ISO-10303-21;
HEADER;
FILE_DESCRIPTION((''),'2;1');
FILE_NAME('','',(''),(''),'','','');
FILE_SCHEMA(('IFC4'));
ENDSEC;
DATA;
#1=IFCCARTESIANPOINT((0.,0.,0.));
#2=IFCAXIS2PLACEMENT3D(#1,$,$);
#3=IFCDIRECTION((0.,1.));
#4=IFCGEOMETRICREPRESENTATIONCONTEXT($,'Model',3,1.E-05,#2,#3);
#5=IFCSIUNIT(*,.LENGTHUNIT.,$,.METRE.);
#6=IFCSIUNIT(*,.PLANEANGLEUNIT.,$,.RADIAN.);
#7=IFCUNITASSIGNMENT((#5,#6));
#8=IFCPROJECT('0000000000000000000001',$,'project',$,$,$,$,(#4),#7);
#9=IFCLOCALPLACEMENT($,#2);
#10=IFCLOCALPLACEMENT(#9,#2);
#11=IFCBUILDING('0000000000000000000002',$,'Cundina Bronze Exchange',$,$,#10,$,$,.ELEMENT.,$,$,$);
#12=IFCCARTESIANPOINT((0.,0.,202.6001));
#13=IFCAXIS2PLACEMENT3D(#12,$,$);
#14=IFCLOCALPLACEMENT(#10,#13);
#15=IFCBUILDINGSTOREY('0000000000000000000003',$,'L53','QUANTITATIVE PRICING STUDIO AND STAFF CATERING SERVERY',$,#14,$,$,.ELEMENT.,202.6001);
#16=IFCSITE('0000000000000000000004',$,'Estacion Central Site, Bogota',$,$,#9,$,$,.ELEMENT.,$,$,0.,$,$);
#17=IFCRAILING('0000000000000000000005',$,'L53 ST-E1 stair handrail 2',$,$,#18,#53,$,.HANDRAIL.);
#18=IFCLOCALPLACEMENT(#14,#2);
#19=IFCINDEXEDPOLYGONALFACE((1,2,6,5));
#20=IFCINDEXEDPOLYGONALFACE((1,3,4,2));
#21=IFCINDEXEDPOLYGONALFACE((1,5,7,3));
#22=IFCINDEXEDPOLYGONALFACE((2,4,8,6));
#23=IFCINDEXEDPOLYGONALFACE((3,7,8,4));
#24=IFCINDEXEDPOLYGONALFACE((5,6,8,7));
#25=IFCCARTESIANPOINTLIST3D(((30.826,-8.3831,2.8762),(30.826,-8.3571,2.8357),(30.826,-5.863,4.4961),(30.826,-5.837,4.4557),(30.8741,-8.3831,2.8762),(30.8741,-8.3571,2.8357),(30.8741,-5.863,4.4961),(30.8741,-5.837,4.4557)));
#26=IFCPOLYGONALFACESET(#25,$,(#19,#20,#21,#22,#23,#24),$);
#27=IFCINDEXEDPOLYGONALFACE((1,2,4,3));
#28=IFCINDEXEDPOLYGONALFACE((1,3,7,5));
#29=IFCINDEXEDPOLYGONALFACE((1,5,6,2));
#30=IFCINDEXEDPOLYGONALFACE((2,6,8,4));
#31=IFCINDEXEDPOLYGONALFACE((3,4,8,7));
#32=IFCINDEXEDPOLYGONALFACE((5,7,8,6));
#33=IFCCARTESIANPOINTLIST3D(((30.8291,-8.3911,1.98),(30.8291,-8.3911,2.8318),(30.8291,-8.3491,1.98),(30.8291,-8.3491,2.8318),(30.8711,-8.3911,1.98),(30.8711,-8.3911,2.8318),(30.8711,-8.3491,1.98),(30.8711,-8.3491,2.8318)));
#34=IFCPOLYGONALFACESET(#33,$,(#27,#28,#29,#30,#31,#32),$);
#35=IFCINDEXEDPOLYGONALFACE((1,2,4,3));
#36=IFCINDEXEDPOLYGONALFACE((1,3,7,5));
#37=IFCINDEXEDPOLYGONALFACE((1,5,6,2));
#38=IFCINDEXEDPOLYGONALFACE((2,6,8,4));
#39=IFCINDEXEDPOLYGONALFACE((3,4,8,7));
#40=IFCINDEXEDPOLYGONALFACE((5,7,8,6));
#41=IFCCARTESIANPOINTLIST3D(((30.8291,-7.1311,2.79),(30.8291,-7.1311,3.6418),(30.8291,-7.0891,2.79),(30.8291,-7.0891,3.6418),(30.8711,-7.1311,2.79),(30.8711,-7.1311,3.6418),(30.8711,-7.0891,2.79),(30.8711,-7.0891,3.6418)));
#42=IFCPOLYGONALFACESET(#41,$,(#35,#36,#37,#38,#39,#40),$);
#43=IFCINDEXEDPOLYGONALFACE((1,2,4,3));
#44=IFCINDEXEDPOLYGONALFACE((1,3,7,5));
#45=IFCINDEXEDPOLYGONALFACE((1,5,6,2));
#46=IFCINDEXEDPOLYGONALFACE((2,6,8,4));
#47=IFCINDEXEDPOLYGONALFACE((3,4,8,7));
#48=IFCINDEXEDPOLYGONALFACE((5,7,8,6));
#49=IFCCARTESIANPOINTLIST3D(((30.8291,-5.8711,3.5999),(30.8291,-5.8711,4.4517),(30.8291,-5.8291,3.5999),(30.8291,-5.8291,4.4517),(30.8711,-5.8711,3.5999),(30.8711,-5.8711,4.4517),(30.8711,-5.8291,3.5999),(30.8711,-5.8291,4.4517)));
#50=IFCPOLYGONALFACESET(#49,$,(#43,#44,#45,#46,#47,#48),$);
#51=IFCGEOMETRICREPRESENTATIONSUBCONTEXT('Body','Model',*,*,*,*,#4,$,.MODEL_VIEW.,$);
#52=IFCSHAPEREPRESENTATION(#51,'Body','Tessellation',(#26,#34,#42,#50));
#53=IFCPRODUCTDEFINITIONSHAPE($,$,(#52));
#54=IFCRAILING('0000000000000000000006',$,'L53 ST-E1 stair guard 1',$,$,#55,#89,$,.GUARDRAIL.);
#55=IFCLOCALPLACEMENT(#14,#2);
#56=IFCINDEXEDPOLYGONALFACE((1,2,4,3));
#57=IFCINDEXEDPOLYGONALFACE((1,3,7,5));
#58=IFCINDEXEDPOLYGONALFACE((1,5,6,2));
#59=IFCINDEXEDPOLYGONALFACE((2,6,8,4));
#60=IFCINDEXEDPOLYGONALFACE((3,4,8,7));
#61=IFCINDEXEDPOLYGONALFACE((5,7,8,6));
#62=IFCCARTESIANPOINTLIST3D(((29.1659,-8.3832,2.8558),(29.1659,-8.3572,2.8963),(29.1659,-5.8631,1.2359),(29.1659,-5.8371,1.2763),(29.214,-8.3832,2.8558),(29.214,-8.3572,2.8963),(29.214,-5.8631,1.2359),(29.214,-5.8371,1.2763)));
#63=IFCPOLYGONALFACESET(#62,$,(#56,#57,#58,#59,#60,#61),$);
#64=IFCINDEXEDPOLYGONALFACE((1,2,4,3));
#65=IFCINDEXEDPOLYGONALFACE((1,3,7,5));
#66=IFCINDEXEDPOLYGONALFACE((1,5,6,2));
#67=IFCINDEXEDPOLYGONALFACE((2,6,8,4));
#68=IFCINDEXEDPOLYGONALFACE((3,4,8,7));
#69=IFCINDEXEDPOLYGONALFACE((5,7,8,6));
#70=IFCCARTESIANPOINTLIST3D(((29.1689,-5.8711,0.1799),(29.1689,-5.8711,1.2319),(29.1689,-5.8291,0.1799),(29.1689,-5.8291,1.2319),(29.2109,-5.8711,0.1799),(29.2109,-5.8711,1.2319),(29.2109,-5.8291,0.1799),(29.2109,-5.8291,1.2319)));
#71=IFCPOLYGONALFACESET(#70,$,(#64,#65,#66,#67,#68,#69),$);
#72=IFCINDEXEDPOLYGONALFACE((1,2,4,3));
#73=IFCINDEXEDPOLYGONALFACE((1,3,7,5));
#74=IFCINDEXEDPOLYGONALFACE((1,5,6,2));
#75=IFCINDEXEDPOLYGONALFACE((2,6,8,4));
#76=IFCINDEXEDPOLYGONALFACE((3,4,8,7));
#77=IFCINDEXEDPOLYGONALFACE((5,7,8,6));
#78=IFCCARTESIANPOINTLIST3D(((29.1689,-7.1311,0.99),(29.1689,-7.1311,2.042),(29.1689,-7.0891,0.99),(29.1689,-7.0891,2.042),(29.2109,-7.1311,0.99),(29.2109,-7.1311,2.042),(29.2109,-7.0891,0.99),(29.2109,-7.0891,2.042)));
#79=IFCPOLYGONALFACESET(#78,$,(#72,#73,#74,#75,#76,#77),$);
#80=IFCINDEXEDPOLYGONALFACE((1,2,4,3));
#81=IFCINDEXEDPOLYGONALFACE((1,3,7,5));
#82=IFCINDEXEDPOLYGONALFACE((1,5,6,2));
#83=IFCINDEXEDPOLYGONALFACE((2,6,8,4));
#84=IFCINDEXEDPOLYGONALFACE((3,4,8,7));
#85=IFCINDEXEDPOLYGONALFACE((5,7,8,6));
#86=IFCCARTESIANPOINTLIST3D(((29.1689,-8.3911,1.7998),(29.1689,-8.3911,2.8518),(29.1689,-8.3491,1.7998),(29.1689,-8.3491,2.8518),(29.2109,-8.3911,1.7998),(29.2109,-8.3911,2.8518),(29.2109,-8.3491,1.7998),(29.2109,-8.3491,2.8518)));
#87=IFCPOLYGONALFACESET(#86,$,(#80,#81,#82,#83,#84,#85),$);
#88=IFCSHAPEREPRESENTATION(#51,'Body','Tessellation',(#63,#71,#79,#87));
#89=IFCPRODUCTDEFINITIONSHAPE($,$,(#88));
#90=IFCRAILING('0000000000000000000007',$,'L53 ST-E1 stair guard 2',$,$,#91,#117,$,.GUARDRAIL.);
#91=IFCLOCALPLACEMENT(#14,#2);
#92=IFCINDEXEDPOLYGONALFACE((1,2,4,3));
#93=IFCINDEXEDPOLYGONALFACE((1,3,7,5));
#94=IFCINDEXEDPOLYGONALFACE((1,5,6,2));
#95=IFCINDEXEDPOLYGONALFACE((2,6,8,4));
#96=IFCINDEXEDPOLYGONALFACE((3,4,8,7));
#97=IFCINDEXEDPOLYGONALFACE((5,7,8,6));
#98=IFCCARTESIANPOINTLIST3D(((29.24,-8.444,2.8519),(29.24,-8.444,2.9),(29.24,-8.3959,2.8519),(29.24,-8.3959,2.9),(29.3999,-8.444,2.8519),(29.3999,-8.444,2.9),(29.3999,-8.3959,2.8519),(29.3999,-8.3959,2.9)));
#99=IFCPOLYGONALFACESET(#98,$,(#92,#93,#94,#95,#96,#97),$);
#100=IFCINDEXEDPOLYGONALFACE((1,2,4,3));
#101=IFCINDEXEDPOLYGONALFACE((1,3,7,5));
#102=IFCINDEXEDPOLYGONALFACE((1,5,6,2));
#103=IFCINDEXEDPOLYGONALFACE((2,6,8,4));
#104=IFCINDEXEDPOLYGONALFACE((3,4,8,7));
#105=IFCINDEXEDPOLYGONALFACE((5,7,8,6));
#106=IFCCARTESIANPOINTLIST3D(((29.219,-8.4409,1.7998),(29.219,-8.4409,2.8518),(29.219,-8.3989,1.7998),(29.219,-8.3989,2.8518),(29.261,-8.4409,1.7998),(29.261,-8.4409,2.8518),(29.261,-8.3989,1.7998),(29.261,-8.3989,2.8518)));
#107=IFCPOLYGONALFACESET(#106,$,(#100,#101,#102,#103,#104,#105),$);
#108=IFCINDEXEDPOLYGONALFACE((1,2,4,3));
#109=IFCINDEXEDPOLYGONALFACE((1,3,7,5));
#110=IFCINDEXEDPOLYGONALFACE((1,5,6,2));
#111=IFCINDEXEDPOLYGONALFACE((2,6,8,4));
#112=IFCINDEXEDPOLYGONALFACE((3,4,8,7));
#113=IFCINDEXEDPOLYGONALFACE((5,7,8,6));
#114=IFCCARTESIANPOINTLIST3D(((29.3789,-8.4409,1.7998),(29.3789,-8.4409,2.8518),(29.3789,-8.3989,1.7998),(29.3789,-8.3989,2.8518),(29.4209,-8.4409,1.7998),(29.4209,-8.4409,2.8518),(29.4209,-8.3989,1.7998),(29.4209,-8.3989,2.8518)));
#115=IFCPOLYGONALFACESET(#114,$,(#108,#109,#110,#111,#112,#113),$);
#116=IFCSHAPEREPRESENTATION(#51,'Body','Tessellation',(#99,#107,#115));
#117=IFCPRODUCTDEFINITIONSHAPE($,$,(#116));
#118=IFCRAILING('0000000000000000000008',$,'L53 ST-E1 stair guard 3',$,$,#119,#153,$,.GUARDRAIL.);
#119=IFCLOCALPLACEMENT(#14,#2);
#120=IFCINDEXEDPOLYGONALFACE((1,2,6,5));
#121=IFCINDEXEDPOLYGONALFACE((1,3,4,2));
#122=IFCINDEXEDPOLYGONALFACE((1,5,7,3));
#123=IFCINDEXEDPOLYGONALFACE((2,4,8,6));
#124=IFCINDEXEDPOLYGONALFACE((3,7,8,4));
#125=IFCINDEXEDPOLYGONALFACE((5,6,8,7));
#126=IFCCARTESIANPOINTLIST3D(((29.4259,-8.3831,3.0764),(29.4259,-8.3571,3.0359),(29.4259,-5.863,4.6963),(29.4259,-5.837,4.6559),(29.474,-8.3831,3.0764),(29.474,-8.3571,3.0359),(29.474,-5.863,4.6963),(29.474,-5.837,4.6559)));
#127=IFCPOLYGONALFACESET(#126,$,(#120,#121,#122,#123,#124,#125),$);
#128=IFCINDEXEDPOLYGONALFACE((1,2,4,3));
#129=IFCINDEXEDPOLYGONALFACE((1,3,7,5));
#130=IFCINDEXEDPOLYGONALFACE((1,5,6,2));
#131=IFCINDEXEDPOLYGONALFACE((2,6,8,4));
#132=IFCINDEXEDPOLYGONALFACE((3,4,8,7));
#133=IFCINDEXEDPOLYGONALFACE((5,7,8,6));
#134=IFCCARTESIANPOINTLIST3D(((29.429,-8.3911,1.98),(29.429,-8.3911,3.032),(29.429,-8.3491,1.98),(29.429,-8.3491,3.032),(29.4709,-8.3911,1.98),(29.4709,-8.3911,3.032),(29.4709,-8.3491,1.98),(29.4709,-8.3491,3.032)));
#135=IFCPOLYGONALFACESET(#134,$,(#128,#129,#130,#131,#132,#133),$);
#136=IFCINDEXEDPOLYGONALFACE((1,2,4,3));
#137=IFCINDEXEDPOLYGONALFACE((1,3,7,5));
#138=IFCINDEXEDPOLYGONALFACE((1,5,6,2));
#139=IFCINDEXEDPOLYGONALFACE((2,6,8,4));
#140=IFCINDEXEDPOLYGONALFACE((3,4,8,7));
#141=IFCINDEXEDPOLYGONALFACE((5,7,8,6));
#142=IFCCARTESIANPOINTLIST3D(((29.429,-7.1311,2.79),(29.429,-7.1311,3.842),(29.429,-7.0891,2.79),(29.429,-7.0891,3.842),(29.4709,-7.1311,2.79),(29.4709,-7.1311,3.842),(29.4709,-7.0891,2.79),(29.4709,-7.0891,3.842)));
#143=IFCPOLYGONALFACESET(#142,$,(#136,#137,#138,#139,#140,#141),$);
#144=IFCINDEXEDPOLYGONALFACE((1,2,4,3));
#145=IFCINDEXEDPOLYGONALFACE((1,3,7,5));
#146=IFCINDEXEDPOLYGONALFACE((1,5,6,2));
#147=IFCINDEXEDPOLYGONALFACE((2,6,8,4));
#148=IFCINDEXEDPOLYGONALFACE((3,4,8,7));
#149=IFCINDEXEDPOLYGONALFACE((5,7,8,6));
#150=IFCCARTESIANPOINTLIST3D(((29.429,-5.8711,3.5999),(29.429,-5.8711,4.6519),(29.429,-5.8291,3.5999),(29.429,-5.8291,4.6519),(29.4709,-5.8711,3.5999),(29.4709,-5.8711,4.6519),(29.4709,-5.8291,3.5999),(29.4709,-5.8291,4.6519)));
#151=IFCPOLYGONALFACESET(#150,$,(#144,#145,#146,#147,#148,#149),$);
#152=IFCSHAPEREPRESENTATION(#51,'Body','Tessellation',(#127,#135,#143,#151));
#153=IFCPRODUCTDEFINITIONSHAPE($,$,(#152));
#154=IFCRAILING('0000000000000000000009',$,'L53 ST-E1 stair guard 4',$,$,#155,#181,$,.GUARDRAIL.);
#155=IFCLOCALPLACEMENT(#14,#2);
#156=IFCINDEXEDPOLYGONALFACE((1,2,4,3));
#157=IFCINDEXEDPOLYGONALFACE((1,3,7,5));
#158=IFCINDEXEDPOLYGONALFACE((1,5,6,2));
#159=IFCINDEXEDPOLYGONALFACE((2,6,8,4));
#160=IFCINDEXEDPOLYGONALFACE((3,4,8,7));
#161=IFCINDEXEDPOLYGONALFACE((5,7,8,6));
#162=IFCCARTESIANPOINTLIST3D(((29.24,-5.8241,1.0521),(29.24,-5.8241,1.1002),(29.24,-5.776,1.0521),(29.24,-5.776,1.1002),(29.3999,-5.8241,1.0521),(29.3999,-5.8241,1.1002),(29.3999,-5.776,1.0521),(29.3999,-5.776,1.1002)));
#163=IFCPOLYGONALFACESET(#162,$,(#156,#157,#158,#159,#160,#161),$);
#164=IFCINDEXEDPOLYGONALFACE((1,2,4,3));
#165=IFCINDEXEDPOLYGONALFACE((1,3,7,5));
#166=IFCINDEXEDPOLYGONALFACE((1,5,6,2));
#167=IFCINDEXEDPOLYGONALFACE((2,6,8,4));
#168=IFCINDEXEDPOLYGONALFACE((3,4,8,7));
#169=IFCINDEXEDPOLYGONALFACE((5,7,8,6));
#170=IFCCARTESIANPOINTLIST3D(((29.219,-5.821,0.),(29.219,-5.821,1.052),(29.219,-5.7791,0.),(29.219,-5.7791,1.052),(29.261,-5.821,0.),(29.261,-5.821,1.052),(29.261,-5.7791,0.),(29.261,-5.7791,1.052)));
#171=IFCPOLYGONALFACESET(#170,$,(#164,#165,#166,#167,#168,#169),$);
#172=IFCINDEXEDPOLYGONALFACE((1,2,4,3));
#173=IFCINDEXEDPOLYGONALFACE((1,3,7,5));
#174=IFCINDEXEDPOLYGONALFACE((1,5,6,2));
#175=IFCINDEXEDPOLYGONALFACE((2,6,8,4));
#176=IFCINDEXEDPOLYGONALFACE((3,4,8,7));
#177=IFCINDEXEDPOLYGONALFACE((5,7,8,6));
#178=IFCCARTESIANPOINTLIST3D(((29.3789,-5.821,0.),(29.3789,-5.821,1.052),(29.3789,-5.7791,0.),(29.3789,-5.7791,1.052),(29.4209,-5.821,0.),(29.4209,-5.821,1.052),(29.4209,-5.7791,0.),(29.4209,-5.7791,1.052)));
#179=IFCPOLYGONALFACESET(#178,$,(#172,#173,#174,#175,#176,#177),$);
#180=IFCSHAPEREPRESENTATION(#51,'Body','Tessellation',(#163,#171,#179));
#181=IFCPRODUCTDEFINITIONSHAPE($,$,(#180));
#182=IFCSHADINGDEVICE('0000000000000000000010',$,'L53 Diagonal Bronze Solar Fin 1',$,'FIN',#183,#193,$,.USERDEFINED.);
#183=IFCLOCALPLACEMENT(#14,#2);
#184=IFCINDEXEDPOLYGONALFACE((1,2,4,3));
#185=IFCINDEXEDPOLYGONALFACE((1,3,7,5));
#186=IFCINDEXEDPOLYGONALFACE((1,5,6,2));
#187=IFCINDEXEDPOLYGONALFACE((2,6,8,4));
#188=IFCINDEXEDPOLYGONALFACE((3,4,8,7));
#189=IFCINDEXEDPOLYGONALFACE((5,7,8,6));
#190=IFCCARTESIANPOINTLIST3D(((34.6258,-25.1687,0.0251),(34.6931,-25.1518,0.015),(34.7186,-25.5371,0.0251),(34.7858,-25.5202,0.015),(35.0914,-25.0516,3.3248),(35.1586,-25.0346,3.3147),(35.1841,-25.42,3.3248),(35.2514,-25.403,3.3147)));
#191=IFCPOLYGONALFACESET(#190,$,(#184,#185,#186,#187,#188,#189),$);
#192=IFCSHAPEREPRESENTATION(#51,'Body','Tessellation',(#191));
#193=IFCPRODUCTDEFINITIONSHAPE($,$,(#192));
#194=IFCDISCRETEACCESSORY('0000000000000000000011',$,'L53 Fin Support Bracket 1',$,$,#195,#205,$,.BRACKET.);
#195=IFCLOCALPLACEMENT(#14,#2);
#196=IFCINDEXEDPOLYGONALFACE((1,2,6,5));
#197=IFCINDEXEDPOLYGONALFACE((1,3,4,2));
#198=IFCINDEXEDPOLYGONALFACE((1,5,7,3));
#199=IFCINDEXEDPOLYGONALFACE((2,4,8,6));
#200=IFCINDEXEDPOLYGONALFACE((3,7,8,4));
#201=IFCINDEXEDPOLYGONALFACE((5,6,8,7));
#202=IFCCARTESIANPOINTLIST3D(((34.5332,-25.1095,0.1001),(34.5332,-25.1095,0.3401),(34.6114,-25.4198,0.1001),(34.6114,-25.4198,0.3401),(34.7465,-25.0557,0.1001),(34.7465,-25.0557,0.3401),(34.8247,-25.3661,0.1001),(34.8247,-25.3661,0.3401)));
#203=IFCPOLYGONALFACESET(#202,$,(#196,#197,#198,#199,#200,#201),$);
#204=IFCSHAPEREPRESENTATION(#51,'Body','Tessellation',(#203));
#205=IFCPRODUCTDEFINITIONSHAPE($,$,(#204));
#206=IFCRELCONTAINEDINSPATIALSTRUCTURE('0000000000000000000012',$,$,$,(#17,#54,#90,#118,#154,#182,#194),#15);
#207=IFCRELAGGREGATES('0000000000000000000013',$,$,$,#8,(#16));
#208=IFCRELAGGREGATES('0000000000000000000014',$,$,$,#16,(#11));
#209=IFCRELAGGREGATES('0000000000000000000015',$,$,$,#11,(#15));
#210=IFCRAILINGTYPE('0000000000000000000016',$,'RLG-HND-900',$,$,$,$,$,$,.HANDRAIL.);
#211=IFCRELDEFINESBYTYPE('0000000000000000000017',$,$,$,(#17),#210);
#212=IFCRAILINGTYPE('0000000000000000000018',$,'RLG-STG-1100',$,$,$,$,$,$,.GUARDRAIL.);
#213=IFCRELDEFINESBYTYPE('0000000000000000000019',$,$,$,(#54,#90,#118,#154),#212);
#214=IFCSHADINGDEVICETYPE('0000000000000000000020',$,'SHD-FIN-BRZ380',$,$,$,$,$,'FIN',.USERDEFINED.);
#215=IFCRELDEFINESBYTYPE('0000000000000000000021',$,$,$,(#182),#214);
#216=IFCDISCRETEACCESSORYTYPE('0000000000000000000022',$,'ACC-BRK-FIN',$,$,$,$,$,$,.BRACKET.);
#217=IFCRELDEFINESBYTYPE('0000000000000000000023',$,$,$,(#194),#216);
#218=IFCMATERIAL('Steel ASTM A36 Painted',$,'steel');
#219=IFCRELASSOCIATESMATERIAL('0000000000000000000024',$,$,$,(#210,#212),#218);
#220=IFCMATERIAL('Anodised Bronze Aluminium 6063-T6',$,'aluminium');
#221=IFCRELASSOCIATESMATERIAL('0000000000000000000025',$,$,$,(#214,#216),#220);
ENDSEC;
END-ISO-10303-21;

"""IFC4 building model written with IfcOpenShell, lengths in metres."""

from ifc_helpers import new_model, si_unit, direction, frame, origin, origin_2d, place, context, subcontext, project, spatial, rectangle, extrude, material, material_profile, profile_set, type_object, element, save


model = new_model("IFC4")

# Units and contexts
model_context = context("Model", 3, precision=1e-05, world=origin(), true_north=direction((0.0, 1.0)))
body_context = subcontext(model_context, "Body", "Model", "MODEL_VIEW")
ifc_project = project(units=[si_unit("LENGTHUNIT", "METRE"), si_unit("PLANEANGLEUNIT", "RADIAN")], contexts=[model_context])

# Site, building, storey
site_placement = place(None, origin())
site = spatial("IfcSite", under=ifc_project, at=site_placement, Name="Estacion Central Site, Bogota", CompositionType="ELEMENT", RefElevation=0.0)
building_placement = place(site_placement, origin())
building = spatial("IfcBuilding", under=site, at=building_placement, Name="Cundina Bronze Exchange", CompositionType="ELEMENT")
storey_placement = place(building_placement, frame((0.0, 0.0, 202.6001)))
storey = spatial("IfcBuildingStorey", under=building, at=storey_placement, Name="L53", Description="QUANTITATIVE PRICING STUDIO AND STAFF CATERING SERVERY", CompositionType="ELEMENT", Elevation=202.6001)

# Shared definitions
ifc_material_1 = material(Name="Anodised Bronze Aluminium 6063-T6", Category="aluminium")

# Railings
ifc_material_2 = material(Name="Steel ASTM A36 Painted", Category="steel")
railing_type_1 = type_object("IfcRailingType", Name="RLG-HND-900", PredefinedType="HANDRAIL", material=ifc_material_2)
railing_1_placement = place(storey_placement, frame((30.8501, -8.3701, 1.98)))
element("IfcRailing", 1, at=railing_1_placement, inside=storey, type_object=railing_type_1, Name="L53 ST-E1 stair handrail 2", PredefinedType="HANDRAIL", context=body_context, shape_type="SweptSolid", body=[
    extrude(rectangle(XDim=0.0481, YDim=0.0481, at=origin_2d()), frame((0.0, 0.0, 0.876), z_axis=(0.0, 0.8412, 0.540725), x_axis=(-1.0, 0.0, 0.0)), (0.0, 0.0, 1.0), 2.9958),
    extrude(rectangle(XDim=0.042, YDim=0.042, at=origin_2d()), origin(), (0.0, 0.0, 1.0), 0.8518),
    extrude(rectangle(XDim=0.042, YDim=0.042, at=origin_2d()), frame((0.0, 1.26, 0.8101)), (0.0, 0.0, 1.0), 0.8518),
    extrude(rectangle(XDim=0.042, YDim=0.042, at=origin_2d()), frame((0.0, 2.52, 1.6199)), (0.0, 0.0, 1.0), 0.8518),
])
railing_type_2 = type_object("IfcRailingType", Name="RLG-STG-1100", PredefinedType="GUARDRAIL", material=ifc_material_2)
railing_2_placement = place(storey_placement, frame((29.1899, -5.8501, 0.1799)))
element("IfcRailing", 2, at=railing_2_placement, inside=storey, type_object=railing_type_2, Name="L53 ST-E1 stair guard 1", PredefinedType="GUARDRAIL", context=body_context, shape_type="SweptSolid", body=[
    extrude(rectangle(XDim=0.0481, YDim=0.0481, at=origin_2d()), frame((0.0, 0.0, 1.0762), z_axis=(0.0, -0.8412, 0.540725), x_axis=(1.0, 0.0, 0.0)), (0.0, 0.0, 1.0), 2.9958),
    extrude(rectangle(XDim=0.042, YDim=0.042, at=origin_2d()), origin(), (0.0, 0.0, 1.0), 1.052),
    extrude(rectangle(XDim=0.042, YDim=0.042, at=origin_2d()), frame((0.0, -1.26, 0.8101)), (0.0, 0.0, 1.0), 1.052),
    extrude(rectangle(XDim=0.042, YDim=0.042, at=origin_2d()), frame((0.0, -2.52, 1.6199)), (0.0, 0.0, 1.0), 1.052),
])
railing_3_placement = place(storey_placement, frame((29.24, -8.4199, 1.7998)))
element("IfcRailing", 3, at=railing_3_placement, inside=storey, type_object=railing_type_2, Name="L53 ST-E1 stair guard 2", PredefinedType="GUARDRAIL", context=body_context, shape_type="SweptSolid", body=[
    extrude(rectangle(XDim=0.0481, YDim=0.0481, at=origin_2d()), frame((0.0, 0.0, 1.0762), z_axis=(1.0, 0.0, 0.0), x_axis=(0.0, 1.0, 0.0)), (0.0, 0.0, 1.0), 0.1599),
    extrude(rectangle(XDim=0.042, YDim=0.042, at=origin_2d()), origin(), (0.0, 0.0, 1.0), 1.052),
    extrude(rectangle(XDim=0.042, YDim=0.042, at=origin_2d()), frame((0.1599, 0.0, 0.0)), (0.0, 0.0, 1.0), 1.052),
])
railing_4_placement = place(storey_placement, frame((29.45, -8.3701, 1.98)))
element("IfcRailing", 4, at=railing_4_placement, inside=storey, type_object=railing_type_2, Name="L53 ST-E1 stair guard 3", PredefinedType="GUARDRAIL", context=body_context, shape_type="SweptSolid", body=[
    extrude(rectangle(XDim=0.0481, YDim=0.0481, at=origin_2d()), frame((0.0, 0.0, 1.0762), z_axis=(0.0, 0.8412, 0.540725), x_axis=(-1.0, 0.0, 0.0)), (0.0, 0.0, 1.0), 2.9958),
    extrude(rectangle(XDim=0.042, YDim=0.042, at=origin_2d()), origin(), (0.0, 0.0, 1.0), 1.052),
    extrude(rectangle(XDim=0.042, YDim=0.042, at=origin_2d()), frame((0.0, 1.26, 0.8101)), (0.0, 0.0, 1.0), 1.052),
    extrude(rectangle(XDim=0.042, YDim=0.042, at=origin_2d()), frame((0.0, 2.52, 1.6199)), (0.0, 0.0, 1.0), 1.052),
])
railing_5_placement = place(storey_placement, frame((29.24, -5.8, 0.0)))
element("IfcRailing", 5, at=railing_5_placement, inside=storey, type_object=railing_type_2, Name="L53 ST-E1 stair guard 4", PredefinedType="GUARDRAIL", context=body_context, shape_type="SweptSolid", body=[
    extrude(rectangle(XDim=0.0481, YDim=0.0481, at=origin_2d()), frame((0.0, 0.0, 1.0762), z_axis=(1.0, 0.0, 0.0), x_axis=(0.0, 1.0, 0.0)), (0.0, 0.0, 1.0), 0.1599),
    extrude(rectangle(XDim=0.042, YDim=0.042, at=origin_2d()), origin(), (0.0, 0.0, 1.0), 1.052),
    extrude(rectangle(XDim=0.042, YDim=0.042, at=origin_2d()), frame((0.1599, 0.0, 0.0)), (0.0, 0.0, 1.0), 1.052),
])

# Shading device
ifc_material_profile_1 = material_profile(ifc_material_1, rectangle(XDim=0.0701, YDim=0.3799, at=origin_2d()), Name="FIN70X380", Category="aluminium")
ifc_profile_set_1 = profile_set([ifc_material_profile_1], Name="Anodised Bronze Aluminium 6063-T6")
shading_device_type = type_object("IfcShadingDeviceType", Name="SHD-FIN-BRZ380", ElementType="FIN", PredefinedType="USERDEFINED", material=ifc_profile_set_1)
shading_device_placement = place(storey_placement, frame((34.7058, -25.3445, 0.02), z_axis=(0.139622, 0.035143, 0.989581), x_axis=(-0.959649, -0.241548, 0.143977)))
element("IfcShadingDevice", 6, at=shading_device_placement, inside=storey, type_object=shading_device_type, Name="L53 Diagonal Bronze Solar Fin 1", ObjectType="FIN", PredefinedType="USERDEFINED", context=body_context, shape_type="SweptSolid", body=[
    extrude(rectangle(XDim=0.0701, YDim=0.3799, at=origin_2d()), origin(), (0.0, 0.0, 1.0), 3.3345),
])

# Discrete accessory
discrete_accessory_type = type_object("IfcDiscreteAccessoryType", Name="ACC-BRK-FIN", PredefinedType="BRACKET", material=ifc_material_1)
discrete_accessory_placement = place(storey_placement, frame((34.679, -25.2378, 0.1001), z_axis=(0.0, 0.0, 1.0), x_axis=(0.969732, 0.244174, 0.0)))
element("IfcDiscreteAccessory", 7, at=discrete_accessory_placement, inside=storey, type_object=discrete_accessory_type, Name="L53 Fin Support Bracket 1", PredefinedType="BRACKET", context=body_context, shape_type="SweptSolid", body=[
    extrude(rectangle(XDim=0.22, YDim=0.3201, at=origin_2d()), origin(), (0.0, 0.0, 1.0), 0.24),
])

save(model, "model.ifc")
